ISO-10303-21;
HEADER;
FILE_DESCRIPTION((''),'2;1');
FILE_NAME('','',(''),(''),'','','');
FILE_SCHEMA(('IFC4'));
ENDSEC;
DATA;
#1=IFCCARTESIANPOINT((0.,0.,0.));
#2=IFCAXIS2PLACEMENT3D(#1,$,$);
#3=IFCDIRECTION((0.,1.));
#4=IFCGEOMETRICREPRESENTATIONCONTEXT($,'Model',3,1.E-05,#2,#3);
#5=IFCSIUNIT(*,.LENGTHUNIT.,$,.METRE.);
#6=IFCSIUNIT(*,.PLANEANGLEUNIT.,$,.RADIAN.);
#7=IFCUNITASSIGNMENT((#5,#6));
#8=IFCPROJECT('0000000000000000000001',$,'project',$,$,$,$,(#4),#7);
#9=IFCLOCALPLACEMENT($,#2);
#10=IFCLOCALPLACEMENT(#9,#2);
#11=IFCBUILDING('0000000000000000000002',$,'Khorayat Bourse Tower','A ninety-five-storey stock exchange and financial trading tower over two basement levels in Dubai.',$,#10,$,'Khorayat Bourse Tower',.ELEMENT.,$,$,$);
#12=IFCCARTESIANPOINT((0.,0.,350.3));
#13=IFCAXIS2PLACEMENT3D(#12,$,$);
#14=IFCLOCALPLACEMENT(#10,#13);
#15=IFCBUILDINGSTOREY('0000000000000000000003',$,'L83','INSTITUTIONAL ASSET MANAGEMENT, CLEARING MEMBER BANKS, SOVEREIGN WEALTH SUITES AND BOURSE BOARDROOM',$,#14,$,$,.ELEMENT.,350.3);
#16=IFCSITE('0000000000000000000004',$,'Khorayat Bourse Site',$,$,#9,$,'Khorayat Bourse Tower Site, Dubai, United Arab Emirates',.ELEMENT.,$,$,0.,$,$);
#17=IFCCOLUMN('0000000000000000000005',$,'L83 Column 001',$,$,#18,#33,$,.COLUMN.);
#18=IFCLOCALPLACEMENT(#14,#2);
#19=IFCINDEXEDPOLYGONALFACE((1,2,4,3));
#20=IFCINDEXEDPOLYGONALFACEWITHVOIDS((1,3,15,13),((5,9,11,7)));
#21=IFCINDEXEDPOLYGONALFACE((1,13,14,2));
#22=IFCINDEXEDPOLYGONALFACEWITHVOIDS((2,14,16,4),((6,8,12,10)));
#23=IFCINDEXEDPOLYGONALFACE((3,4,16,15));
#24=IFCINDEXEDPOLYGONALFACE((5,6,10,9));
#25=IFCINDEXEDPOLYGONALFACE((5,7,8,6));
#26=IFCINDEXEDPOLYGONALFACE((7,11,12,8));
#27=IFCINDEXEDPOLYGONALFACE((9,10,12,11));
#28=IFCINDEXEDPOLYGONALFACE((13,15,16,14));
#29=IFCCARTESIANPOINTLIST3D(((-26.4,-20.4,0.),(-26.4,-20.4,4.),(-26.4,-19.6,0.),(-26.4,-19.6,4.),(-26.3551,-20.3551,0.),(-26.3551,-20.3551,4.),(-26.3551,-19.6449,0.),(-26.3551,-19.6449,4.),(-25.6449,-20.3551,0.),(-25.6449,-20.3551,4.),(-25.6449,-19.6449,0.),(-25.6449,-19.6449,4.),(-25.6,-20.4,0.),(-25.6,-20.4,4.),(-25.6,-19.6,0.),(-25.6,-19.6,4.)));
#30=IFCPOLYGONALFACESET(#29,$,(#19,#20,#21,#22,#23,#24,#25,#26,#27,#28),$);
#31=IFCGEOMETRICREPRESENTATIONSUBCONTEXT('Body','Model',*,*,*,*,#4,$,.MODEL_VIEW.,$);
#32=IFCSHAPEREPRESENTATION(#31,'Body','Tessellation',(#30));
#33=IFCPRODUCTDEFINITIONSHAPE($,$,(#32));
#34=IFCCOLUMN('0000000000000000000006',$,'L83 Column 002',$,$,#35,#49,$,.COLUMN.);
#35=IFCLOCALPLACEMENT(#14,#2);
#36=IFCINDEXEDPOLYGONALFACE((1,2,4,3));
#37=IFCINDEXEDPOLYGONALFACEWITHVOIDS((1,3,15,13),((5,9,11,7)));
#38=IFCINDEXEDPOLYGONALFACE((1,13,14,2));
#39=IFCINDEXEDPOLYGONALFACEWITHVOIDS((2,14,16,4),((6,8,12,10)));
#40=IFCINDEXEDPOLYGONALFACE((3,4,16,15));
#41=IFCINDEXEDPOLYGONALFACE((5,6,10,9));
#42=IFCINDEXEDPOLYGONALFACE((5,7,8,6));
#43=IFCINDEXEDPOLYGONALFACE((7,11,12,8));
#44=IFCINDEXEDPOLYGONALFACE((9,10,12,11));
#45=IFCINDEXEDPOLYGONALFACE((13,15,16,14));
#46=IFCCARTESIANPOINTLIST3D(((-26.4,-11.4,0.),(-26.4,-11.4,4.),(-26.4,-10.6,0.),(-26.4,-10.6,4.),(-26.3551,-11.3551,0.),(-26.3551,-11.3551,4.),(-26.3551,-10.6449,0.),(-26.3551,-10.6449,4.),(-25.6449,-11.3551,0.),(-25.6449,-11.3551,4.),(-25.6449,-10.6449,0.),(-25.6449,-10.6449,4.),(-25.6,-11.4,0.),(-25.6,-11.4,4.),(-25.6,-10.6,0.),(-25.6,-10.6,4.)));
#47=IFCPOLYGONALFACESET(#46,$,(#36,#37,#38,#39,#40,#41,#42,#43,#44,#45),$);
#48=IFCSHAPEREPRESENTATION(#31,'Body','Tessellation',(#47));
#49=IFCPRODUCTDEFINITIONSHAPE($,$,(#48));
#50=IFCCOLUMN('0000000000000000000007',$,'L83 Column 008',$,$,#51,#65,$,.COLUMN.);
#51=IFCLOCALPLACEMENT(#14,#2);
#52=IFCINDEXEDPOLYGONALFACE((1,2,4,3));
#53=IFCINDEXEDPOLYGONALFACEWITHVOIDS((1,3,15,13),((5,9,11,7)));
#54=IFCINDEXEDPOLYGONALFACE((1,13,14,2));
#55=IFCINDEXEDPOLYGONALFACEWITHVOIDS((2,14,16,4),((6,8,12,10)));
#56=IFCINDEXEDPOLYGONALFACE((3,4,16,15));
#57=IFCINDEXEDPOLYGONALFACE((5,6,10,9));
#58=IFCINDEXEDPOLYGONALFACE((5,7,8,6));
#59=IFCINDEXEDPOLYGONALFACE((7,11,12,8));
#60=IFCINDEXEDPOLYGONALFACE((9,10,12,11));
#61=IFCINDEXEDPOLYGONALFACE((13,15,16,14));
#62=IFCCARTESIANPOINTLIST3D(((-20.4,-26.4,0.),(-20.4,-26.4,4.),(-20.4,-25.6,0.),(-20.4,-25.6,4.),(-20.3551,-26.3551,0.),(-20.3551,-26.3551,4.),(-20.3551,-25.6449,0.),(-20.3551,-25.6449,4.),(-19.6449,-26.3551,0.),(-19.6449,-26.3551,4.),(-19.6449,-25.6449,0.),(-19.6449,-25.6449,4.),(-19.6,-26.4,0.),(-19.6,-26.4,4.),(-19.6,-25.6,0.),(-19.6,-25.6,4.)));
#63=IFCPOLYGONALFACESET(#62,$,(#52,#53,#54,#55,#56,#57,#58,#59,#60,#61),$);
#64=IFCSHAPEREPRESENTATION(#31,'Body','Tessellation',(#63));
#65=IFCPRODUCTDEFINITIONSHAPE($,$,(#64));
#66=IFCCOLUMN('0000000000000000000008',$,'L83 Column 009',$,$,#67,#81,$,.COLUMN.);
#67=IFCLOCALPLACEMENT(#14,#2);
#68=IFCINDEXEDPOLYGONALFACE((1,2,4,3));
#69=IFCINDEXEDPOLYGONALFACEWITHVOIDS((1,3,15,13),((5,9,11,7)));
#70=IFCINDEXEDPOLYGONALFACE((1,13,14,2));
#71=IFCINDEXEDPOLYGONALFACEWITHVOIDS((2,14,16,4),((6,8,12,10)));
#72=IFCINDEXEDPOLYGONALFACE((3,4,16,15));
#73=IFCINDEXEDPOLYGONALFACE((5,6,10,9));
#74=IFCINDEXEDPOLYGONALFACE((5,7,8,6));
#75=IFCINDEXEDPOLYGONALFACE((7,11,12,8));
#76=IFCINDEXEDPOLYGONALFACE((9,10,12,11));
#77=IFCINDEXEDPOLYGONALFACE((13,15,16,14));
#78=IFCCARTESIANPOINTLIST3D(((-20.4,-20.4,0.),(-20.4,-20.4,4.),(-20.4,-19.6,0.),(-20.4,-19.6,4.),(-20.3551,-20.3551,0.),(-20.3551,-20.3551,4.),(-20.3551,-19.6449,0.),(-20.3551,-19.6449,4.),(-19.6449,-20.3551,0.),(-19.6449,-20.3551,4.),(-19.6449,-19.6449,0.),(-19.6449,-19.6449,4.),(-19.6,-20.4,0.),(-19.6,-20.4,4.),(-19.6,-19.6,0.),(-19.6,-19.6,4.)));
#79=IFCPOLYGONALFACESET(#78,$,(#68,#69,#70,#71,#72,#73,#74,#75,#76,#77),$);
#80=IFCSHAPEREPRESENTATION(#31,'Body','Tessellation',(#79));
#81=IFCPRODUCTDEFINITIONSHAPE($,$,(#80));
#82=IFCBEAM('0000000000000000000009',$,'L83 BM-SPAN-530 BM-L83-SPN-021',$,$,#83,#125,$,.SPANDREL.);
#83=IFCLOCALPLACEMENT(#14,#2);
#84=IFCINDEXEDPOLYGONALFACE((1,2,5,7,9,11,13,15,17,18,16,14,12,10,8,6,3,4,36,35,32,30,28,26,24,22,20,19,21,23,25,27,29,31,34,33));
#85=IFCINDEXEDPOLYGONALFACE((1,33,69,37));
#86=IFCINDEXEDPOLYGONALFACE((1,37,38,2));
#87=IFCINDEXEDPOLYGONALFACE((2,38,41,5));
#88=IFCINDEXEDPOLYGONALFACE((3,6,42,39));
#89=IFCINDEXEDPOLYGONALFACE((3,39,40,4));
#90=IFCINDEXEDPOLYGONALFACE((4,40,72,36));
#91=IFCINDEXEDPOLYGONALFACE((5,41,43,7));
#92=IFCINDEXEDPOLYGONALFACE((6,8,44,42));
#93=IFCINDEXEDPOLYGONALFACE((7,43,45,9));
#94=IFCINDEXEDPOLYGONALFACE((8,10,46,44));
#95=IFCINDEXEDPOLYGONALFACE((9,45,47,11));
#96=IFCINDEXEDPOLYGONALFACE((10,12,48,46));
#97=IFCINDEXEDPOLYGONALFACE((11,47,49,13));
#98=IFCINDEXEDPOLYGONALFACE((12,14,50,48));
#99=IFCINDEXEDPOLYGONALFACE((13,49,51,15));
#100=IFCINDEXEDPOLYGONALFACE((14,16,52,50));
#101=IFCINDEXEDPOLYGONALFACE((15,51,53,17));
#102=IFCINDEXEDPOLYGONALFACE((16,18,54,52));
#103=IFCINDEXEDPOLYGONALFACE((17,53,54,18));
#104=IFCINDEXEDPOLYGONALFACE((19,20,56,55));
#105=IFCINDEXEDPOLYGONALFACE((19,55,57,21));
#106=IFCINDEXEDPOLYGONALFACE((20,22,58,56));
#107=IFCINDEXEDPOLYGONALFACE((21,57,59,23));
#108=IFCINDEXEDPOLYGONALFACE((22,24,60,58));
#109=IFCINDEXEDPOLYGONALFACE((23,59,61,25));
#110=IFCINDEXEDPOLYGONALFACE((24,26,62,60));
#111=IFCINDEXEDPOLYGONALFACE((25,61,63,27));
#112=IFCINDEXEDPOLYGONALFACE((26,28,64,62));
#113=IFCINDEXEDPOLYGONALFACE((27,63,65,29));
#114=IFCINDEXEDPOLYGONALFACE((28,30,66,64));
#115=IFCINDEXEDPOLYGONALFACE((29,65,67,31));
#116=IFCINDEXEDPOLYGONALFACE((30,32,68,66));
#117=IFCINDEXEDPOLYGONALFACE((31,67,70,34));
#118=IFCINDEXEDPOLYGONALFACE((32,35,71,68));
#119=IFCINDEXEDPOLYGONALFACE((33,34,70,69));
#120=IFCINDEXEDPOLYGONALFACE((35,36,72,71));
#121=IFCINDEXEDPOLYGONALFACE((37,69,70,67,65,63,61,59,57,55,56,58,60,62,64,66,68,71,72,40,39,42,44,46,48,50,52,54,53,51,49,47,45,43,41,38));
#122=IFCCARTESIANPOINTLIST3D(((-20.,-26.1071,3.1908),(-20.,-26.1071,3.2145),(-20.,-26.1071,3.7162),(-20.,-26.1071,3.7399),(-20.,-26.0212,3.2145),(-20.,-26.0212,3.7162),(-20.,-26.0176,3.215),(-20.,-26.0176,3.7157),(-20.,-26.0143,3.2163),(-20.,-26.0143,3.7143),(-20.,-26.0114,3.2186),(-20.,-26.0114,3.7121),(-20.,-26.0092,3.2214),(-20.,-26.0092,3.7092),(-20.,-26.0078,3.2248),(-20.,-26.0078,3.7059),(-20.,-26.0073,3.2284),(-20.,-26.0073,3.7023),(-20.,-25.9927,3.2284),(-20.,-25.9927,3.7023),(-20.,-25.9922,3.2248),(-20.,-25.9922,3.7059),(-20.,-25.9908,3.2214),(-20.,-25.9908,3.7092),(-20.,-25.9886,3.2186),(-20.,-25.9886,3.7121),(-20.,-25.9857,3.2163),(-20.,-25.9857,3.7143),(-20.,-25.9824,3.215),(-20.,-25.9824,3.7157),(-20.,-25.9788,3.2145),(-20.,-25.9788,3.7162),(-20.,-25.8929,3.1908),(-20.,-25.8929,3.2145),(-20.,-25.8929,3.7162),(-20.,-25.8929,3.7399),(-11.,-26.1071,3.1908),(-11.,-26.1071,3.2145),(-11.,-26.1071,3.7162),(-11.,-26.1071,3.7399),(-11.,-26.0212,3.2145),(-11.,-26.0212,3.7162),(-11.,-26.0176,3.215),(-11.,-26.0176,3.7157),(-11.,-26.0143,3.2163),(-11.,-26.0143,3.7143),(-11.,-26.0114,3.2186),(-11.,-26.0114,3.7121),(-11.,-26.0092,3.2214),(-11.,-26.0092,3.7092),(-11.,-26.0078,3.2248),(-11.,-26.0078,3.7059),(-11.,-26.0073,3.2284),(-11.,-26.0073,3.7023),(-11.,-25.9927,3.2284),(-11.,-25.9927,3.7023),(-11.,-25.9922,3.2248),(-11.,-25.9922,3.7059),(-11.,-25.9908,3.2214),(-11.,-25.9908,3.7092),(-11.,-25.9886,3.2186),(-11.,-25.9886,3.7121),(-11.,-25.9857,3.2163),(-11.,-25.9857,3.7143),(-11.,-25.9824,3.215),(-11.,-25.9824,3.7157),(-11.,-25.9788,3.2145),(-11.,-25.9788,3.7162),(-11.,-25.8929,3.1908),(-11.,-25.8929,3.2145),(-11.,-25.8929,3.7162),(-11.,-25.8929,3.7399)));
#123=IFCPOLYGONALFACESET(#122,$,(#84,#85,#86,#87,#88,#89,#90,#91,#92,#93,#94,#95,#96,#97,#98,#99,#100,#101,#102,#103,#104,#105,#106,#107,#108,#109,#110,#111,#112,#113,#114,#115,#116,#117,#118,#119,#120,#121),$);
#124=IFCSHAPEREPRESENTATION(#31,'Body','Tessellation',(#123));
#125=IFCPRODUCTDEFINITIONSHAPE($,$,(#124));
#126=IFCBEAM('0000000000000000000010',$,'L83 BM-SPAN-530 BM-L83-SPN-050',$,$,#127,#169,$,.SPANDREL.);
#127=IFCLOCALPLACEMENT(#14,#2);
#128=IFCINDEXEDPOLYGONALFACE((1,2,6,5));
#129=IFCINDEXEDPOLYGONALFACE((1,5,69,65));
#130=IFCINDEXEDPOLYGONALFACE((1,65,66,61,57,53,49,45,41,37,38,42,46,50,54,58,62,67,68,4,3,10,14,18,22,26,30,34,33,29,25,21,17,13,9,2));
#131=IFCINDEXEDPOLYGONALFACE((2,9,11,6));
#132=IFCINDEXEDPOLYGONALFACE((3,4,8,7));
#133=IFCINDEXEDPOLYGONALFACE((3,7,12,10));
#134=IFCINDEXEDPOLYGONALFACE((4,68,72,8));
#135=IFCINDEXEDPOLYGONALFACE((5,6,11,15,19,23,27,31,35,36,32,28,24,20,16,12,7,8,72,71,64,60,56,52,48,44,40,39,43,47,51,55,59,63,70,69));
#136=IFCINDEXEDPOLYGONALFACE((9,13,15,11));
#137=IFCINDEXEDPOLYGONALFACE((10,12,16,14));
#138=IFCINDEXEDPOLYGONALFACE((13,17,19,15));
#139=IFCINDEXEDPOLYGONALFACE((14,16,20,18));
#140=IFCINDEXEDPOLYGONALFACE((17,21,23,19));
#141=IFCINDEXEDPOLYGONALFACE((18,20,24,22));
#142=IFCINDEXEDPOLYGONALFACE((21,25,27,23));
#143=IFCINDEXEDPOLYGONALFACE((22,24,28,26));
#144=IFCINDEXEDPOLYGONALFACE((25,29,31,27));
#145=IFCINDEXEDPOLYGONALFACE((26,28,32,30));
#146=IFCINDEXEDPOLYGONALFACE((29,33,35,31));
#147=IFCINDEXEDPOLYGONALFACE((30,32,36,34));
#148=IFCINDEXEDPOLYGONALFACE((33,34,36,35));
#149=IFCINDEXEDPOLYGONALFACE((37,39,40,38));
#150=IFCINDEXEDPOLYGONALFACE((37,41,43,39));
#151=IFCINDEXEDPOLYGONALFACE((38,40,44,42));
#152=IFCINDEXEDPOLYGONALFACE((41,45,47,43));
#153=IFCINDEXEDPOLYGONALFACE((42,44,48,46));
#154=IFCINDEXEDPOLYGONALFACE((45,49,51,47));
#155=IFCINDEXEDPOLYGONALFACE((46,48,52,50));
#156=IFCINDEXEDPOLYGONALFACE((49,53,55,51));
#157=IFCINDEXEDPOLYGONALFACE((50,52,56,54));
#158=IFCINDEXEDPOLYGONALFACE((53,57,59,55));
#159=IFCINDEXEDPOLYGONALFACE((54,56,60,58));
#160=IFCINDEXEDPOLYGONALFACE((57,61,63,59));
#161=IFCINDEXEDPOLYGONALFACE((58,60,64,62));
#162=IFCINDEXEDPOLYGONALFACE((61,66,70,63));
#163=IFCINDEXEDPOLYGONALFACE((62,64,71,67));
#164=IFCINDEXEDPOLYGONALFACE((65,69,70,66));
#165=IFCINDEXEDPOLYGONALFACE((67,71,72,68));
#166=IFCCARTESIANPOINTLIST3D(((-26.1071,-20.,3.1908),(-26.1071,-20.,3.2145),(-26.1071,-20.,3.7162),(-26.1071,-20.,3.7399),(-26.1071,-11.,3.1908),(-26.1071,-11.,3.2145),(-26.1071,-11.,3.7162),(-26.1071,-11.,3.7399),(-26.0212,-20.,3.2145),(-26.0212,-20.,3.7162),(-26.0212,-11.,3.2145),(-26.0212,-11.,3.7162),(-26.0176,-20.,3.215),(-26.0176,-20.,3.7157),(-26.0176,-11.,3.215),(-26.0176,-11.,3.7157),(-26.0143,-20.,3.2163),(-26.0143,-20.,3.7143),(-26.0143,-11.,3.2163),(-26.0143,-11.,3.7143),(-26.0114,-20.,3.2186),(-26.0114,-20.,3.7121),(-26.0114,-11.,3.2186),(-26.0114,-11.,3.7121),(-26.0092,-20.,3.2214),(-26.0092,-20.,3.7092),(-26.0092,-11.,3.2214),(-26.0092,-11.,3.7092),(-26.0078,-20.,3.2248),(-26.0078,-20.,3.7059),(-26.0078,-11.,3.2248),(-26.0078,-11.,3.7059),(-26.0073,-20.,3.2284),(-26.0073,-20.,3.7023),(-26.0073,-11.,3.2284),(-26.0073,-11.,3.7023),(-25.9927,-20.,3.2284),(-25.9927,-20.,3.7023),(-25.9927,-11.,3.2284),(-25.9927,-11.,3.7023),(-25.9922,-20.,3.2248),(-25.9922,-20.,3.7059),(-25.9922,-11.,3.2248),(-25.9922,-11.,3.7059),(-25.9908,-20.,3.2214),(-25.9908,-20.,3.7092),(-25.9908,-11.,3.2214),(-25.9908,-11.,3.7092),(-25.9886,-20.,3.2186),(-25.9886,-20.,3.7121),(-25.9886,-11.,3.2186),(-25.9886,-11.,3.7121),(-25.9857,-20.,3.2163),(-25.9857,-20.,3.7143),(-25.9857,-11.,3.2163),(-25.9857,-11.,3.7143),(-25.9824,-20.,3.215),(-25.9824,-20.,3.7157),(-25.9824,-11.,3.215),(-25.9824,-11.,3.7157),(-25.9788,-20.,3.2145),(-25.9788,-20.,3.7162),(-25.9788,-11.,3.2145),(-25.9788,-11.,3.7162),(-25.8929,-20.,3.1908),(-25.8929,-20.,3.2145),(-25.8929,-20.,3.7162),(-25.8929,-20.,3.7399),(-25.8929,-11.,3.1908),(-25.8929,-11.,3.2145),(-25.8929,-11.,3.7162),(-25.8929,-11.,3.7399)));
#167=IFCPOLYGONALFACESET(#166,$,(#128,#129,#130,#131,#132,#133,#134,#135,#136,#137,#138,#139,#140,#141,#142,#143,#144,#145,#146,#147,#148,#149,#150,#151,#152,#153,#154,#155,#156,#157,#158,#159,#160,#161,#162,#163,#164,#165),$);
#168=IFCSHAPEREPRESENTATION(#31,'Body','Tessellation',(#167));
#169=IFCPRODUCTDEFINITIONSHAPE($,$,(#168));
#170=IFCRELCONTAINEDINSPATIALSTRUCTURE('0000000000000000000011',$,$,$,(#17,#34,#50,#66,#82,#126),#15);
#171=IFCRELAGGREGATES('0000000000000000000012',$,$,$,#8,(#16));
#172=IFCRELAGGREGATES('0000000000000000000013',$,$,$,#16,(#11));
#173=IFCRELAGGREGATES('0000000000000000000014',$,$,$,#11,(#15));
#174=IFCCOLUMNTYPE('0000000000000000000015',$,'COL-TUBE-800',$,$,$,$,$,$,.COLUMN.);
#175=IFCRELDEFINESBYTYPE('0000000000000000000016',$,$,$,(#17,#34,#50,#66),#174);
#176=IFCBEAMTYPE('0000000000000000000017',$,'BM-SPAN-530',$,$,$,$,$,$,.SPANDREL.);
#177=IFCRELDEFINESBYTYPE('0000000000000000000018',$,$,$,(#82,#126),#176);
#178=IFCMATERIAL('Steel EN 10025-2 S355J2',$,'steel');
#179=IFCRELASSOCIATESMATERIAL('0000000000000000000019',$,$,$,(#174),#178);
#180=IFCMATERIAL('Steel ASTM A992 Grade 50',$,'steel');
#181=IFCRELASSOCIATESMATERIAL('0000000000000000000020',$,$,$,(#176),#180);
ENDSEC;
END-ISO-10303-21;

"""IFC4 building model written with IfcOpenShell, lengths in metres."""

from ifc_helpers import new_model, si_unit, direction, frame, origin, origin_2d, place, context, subcontext, project, spatial, hollow_rectangle, i_section, extrude, source, transform, mapped, material, material_profile, profile_set, type_object, element, save


model = new_model("IFC4")

# Units and contexts
model_context = context("Model", 3, precision=1e-05, world=origin(), true_north=direction((0.0, 1.0)))
body_context = subcontext(model_context, "Body", "Model", "MODEL_VIEW")
ifc_project = project(units=[si_unit("LENGTHUNIT", "METRE"), si_unit("PLANEANGLEUNIT", "RADIAN")], contexts=[model_context])

# Site, building, storey
site_placement = place(None, origin())
site = spatial("IfcSite", under=ifc_project, at=site_placement, Name="Khorayat Bourse Site", LongName="Khorayat Bourse Tower Site, Dubai, United Arab Emirates", CompositionType="ELEMENT", RefElevation=0.0)
building_placement = place(site_placement, origin())
building = spatial("IfcBuilding", under=site, at=building_placement, Name="Khorayat Bourse Tower", Description="A ninety-five-storey stock exchange and financial trading tower over two basement levels in Dubai.", LongName="Khorayat Bourse Tower", CompositionType="ELEMENT")
storey_placement = place(building_placement, frame((0.0, 0.0, 350.3)))
storey = spatial("IfcBuildingStorey", under=building, at=storey_placement, Name="L83", Description="INSTITUTIONAL ASSET MANAGEMENT, CLEARING MEMBER BANKS, SOVEREIGN WEALTH SUITES AND BOURSE BOARDROOM", CompositionType="ELEMENT", Elevation=350.3)

# Columns
ifc_material_1 = material(Name="Steel EN 10025-2 S355J2", Category="steel")
ifc_material_profile_1 = material_profile(ifc_material_1, hollow_rectangle(XDim=0.8, YDim=0.8, WallThickness=0.0449, at=origin_2d()), Name="BOX 800x800x45")
ifc_profile_set_1 = profile_set([ifc_material_profile_1], Name="Steel EN 10025-2 S355J2")
column_type = type_object("IfcColumnType", Name="COL-TUBE-800", PredefinedType="COLUMN", material=ifc_profile_set_1)
shared_shape_1 = source(origin(), body_context, "Body", "SweptSolid", [
    extrude(hollow_rectangle(XDim=0.8, YDim=0.8, WallThickness=0.0449, at=origin_2d()), origin(), (0.0, 0.0, 1.0), 4.0),
])
for number, where, z_axis, x_axis, name in (
    (1, (-26.0, -20.0, 0.0), (0.0, 0.0, 1.0), (1.0, 0.0, 0.0), "L83 Column 001"),
    (2, (-26.0, -11.0, 0.0), (0.0, 0.0, 1.0), (1.0, 0.0, 0.0), "L83 Column 002"),
    (3, (-20.0, -26.0, 0.0), (0.0, 0.0, 1.0), (1.0, 0.0, 0.0), "L83 Column 008"),
    (4, (-20.0, -20.0, 0.0), (0.0, 0.0, 1.0), (1.0, 0.0, 0.0), "L83 Column 009"),
):
    element("IfcColumn", number, at=place(storey_placement, frame(where, z_axis=z_axis, x_axis=x_axis)), inside=storey, type_object=column_type, Name=name, PredefinedType="COLUMN", context=body_context, shape_type="MappedRepresentation", body=[
        mapped(shared_shape_1, transform((0.0, 0.0, 0.0), scale=1.0)),
    ])

# Beams
ifc_material_2 = material(Name="Steel ASTM A992 Grade 50", Category="steel")
ifc_material_profile_2 = material_profile(ifc_material_2, i_section(OverallWidth=0.2141, OverallDepth=0.5491, WebThickness=0.0146, FlangeThickness=0.0237, FilletRadius=0.0139, at=origin_2d()), Name="W530X138")
ifc_profile_set_2 = profile_set([ifc_material_profile_2], Name="Steel ASTM A992 Grade 50")
beam_type_1 = type_object("IfcBeamType", Name="BM-SPAN-530", PredefinedType="SPANDREL", material=ifc_profile_set_2)
shared_shape_2 = source(origin(), body_context, "Body", "SweptSolid", [
    extrude(i_section(OverallWidth=0.2141, OverallDepth=0.5491, WebThickness=0.0146, FlangeThickness=0.0237, FilletRadius=0.0139, at=origin_2d()), origin(), (0.0, 0.0, 1.0), 9.0),
])
for number, where, z_axis, x_axis, name in (
    (5, (-20.0, -26.0, 3.4653), (1.0, 0.0, 0.0), (0.0, 1.0, 0.0), "L83 BM-SPAN-530 BM-L83-SPN-021"),
    (6, (-26.0, -20.0, 3.4653), (0.0, 1.0, 0.0), (-1.0, 0.0, 0.0), "L83 BM-SPAN-530 BM-L83-SPN-050"),
):
    element("IfcBeam", number, at=place(storey_placement, frame(where, z_axis=z_axis, x_axis=x_axis)), inside=storey, type_object=beam_type_1, Name=name, PredefinedType="SPANDREL", context=body_context, shape_type="MappedRepresentation", body=[
        mapped(shared_shape_2, transform((0.0, 0.0, 0.0), scale=1.0)),
    ])

save(model, "model.ifc")
